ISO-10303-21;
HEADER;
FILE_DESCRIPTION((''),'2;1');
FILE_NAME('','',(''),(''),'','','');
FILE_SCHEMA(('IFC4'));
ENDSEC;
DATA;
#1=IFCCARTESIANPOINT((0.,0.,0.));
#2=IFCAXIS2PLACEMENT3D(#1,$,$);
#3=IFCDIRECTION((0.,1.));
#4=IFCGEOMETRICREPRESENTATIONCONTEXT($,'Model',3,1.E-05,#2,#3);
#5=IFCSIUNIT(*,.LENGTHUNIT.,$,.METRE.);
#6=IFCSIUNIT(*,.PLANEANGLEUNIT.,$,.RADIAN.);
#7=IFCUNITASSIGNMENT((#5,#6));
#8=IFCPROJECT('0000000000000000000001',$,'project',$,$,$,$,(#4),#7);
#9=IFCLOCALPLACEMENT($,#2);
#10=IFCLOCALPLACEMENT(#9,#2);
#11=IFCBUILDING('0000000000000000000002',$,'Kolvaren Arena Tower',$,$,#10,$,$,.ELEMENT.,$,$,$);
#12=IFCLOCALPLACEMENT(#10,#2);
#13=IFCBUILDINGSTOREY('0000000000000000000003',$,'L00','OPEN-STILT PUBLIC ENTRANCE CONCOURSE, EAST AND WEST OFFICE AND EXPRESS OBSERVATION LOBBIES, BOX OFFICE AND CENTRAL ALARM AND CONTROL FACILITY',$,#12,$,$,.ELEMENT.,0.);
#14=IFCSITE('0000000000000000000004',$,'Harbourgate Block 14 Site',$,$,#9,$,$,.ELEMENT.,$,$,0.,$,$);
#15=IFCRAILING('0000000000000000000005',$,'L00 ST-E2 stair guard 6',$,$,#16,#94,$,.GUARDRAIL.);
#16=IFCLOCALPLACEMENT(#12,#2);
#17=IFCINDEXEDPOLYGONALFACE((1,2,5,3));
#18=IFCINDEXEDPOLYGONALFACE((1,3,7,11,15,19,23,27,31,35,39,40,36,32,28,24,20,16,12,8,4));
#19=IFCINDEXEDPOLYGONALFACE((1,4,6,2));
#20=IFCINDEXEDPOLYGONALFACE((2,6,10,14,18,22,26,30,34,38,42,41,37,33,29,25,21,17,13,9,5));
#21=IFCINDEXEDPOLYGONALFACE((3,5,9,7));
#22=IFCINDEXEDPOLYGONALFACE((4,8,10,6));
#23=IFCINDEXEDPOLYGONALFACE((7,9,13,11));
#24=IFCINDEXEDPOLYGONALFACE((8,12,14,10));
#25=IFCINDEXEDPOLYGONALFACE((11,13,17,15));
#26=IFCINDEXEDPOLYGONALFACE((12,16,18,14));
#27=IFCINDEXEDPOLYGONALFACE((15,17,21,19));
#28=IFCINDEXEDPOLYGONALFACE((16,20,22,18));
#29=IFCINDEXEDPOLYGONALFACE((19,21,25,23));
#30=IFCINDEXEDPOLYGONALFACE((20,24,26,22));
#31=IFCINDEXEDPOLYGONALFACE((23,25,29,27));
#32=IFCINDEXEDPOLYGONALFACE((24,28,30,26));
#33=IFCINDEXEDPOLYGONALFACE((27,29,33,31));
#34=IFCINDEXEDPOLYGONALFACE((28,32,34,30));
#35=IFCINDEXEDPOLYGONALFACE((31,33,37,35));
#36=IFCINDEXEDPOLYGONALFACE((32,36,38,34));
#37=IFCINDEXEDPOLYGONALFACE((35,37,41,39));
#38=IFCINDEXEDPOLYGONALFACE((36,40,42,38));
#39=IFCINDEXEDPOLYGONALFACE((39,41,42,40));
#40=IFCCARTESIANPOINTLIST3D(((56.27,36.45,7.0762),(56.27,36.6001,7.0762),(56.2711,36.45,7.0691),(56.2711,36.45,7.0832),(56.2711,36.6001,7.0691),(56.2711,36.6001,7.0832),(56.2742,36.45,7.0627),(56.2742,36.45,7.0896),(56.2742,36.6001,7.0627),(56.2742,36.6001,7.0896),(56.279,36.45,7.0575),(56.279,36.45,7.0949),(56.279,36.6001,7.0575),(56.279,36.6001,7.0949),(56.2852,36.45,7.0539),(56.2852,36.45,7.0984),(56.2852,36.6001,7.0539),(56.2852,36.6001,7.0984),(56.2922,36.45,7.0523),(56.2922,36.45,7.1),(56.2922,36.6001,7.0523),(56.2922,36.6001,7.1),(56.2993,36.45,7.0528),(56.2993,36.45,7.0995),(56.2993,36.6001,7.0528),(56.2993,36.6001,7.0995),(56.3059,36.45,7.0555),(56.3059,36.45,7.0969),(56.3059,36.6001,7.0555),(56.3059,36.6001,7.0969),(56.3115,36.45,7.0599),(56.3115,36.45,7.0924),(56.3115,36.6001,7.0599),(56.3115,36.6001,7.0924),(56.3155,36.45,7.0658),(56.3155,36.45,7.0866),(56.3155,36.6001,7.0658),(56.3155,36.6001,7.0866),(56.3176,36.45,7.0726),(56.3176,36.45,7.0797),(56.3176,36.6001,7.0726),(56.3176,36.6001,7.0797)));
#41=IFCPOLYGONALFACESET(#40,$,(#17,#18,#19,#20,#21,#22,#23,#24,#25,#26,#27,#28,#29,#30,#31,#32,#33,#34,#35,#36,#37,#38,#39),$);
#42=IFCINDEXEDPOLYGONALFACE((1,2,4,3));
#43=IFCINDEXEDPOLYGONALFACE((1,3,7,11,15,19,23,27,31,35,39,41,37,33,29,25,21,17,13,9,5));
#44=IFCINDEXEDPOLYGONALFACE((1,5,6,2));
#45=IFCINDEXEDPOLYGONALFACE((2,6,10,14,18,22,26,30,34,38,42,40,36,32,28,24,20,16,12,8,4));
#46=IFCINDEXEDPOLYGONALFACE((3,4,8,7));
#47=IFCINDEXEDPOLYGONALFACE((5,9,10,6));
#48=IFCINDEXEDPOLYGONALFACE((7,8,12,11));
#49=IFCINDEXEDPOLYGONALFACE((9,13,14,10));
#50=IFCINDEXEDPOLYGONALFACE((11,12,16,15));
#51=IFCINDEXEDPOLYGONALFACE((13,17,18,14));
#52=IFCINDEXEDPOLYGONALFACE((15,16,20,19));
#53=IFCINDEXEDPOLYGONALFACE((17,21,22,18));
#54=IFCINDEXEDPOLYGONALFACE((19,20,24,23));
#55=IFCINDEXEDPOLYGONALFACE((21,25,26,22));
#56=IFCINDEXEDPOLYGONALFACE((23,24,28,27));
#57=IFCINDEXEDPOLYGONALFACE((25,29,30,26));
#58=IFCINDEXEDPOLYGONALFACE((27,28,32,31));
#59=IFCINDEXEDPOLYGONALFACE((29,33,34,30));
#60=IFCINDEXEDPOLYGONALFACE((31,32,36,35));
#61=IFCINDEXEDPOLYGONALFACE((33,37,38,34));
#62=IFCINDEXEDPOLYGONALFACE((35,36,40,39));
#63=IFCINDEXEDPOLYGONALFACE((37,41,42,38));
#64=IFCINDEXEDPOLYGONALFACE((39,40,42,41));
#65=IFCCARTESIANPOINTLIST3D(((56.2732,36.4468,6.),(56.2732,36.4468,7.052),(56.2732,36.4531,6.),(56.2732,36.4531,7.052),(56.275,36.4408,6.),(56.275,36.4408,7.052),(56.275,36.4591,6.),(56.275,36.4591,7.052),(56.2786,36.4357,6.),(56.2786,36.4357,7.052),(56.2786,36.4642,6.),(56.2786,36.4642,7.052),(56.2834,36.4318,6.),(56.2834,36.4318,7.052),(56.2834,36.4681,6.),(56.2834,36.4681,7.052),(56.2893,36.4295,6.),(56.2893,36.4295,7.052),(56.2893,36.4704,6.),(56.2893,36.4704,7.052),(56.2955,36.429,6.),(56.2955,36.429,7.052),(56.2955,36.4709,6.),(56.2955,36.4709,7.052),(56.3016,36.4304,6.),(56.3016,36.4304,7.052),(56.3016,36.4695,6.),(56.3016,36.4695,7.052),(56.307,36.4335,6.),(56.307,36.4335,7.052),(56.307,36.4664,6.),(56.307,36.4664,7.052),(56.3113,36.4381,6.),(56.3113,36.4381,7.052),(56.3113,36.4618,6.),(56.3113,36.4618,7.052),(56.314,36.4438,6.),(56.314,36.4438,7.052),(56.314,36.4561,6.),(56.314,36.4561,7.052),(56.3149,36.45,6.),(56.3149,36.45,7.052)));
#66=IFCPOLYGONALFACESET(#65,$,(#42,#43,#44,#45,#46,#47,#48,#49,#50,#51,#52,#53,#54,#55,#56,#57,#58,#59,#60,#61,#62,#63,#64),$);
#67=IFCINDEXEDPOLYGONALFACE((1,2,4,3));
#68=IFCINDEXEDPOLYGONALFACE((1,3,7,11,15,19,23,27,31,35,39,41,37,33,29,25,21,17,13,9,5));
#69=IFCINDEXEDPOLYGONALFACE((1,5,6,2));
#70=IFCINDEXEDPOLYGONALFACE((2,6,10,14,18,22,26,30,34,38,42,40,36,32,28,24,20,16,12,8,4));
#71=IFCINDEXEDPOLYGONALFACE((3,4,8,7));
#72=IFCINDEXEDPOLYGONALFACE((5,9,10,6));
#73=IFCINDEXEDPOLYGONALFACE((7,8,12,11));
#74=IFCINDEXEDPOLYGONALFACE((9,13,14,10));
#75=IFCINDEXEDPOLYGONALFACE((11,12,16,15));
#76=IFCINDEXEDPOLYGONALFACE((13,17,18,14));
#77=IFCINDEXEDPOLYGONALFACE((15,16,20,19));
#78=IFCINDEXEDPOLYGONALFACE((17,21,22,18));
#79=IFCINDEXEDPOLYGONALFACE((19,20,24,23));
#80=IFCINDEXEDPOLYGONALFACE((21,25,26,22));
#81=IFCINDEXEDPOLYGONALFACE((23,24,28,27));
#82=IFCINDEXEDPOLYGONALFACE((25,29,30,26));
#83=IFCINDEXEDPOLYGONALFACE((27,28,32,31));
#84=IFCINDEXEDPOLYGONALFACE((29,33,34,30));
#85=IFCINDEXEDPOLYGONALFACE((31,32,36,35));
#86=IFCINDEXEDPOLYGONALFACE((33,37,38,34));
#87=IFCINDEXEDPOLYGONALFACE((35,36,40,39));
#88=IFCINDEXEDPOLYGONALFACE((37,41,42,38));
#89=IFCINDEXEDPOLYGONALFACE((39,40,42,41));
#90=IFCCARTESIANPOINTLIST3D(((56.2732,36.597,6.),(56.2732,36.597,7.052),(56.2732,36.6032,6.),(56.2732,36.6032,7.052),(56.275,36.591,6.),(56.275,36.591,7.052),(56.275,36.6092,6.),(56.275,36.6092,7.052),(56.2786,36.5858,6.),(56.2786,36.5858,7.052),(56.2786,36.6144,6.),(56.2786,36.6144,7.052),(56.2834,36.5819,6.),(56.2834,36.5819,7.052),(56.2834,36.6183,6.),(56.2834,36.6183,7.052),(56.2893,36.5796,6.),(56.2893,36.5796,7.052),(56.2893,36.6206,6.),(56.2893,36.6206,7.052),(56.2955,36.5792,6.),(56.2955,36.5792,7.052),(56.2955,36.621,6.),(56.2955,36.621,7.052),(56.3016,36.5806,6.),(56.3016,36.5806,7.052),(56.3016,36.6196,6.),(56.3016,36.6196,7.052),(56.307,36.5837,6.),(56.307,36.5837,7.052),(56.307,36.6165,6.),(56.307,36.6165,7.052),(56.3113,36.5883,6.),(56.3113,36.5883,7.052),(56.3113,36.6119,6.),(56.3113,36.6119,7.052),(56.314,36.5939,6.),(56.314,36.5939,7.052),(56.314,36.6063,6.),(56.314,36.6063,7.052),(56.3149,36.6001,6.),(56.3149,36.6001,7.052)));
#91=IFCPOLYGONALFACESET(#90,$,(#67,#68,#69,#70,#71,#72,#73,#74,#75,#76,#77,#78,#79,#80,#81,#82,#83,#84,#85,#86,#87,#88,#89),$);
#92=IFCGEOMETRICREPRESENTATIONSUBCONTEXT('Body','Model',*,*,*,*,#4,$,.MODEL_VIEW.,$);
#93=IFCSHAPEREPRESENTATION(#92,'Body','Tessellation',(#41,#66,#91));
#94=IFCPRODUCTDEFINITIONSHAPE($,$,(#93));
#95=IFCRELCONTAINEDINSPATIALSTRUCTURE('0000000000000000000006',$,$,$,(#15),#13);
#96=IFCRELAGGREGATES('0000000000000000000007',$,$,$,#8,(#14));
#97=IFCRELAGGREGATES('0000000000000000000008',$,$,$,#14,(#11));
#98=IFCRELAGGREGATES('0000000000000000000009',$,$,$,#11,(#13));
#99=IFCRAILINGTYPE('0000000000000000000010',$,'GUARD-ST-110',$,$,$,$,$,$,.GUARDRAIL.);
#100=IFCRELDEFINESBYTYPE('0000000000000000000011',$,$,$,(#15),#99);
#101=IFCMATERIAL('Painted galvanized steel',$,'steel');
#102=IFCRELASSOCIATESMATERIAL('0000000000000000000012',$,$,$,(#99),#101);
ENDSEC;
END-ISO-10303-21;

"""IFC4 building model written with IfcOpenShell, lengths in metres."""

from ifc_helpers import new_model, si_unit, direction, frame, origin, origin_2d, place, context, subcontext, project, spatial, circle, extrude, material, type_object, element, save


model = new_model("IFC4")

# Units and contexts
model_context = context("Model", 3, precision=1e-05, world=origin(), true_north=direction((0.0, 1.0)))
body_context = subcontext(model_context, "Body", "Model", "MODEL_VIEW")
ifc_project = project(units=[si_unit("LENGTHUNIT", "METRE"), si_unit("PLANEANGLEUNIT", "RADIAN")], contexts=[model_context])

# Site, building, storey
site_placement = place(None, origin())
site = spatial("IfcSite", under=ifc_project, at=site_placement, Name="Harbourgate Block 14 Site", CompositionType="ELEMENT", RefElevation=0.0)
building_placement = place(site_placement, origin())
building = spatial("IfcBuilding", under=site, at=building_placement, Name="Kolvaren Arena Tower", CompositionType="ELEMENT")
storey_placement = place(building_placement, origin())
storey = spatial("IfcBuildingStorey", under=building, at=storey_placement, Name="L00", Description="OPEN-STILT PUBLIC ENTRANCE CONCOURSE, EAST AND WEST OFFICE AND EXPRESS OBSERVATION LOBBIES, BOX OFFICE AND CENTRAL ALARM AND CONTROL FACILITY", CompositionType="ELEMENT", Elevation=0.0)

# Railing
ifc_material_1 = material(Name="Painted galvanized steel", Category="steel")
railing_type_1 = type_object("IfcRailingType", Name="GUARD-ST-110", PredefinedType="GUARDRAIL", material=ifc_material_1)
railing_1_placement = place(storey_placement, frame((56.2939, 36.45, 6.0)))
element("IfcRailing", 1, at=railing_1_placement, inside=storey, type_object=railing_type_1, Name="L00 ST-E2 stair guard 6", PredefinedType="GUARDRAIL", context=body_context, shape_type="SweptSolid", body=[
    extrude(circle(Radius=0.0239, at=origin_2d()), frame((0.0, 0.0, 1.0762), z_axis=(0.0, 1.0, 0.0), x_axis=(-1.0, 0.0, 0.0)), (0.0, 0.0, 1.0), 0.1501),
    extrude(circle(Radius=0.021, at=origin_2d()), origin(), (0.0, 0.0, 1.0), 1.052),
    extrude(circle(Radius=0.021, at=origin_2d()), frame((0.0, 0.1501, 0.0)), (0.0, 0.0, 1.0), 1.052),
])

save(model, "model.ifc")
